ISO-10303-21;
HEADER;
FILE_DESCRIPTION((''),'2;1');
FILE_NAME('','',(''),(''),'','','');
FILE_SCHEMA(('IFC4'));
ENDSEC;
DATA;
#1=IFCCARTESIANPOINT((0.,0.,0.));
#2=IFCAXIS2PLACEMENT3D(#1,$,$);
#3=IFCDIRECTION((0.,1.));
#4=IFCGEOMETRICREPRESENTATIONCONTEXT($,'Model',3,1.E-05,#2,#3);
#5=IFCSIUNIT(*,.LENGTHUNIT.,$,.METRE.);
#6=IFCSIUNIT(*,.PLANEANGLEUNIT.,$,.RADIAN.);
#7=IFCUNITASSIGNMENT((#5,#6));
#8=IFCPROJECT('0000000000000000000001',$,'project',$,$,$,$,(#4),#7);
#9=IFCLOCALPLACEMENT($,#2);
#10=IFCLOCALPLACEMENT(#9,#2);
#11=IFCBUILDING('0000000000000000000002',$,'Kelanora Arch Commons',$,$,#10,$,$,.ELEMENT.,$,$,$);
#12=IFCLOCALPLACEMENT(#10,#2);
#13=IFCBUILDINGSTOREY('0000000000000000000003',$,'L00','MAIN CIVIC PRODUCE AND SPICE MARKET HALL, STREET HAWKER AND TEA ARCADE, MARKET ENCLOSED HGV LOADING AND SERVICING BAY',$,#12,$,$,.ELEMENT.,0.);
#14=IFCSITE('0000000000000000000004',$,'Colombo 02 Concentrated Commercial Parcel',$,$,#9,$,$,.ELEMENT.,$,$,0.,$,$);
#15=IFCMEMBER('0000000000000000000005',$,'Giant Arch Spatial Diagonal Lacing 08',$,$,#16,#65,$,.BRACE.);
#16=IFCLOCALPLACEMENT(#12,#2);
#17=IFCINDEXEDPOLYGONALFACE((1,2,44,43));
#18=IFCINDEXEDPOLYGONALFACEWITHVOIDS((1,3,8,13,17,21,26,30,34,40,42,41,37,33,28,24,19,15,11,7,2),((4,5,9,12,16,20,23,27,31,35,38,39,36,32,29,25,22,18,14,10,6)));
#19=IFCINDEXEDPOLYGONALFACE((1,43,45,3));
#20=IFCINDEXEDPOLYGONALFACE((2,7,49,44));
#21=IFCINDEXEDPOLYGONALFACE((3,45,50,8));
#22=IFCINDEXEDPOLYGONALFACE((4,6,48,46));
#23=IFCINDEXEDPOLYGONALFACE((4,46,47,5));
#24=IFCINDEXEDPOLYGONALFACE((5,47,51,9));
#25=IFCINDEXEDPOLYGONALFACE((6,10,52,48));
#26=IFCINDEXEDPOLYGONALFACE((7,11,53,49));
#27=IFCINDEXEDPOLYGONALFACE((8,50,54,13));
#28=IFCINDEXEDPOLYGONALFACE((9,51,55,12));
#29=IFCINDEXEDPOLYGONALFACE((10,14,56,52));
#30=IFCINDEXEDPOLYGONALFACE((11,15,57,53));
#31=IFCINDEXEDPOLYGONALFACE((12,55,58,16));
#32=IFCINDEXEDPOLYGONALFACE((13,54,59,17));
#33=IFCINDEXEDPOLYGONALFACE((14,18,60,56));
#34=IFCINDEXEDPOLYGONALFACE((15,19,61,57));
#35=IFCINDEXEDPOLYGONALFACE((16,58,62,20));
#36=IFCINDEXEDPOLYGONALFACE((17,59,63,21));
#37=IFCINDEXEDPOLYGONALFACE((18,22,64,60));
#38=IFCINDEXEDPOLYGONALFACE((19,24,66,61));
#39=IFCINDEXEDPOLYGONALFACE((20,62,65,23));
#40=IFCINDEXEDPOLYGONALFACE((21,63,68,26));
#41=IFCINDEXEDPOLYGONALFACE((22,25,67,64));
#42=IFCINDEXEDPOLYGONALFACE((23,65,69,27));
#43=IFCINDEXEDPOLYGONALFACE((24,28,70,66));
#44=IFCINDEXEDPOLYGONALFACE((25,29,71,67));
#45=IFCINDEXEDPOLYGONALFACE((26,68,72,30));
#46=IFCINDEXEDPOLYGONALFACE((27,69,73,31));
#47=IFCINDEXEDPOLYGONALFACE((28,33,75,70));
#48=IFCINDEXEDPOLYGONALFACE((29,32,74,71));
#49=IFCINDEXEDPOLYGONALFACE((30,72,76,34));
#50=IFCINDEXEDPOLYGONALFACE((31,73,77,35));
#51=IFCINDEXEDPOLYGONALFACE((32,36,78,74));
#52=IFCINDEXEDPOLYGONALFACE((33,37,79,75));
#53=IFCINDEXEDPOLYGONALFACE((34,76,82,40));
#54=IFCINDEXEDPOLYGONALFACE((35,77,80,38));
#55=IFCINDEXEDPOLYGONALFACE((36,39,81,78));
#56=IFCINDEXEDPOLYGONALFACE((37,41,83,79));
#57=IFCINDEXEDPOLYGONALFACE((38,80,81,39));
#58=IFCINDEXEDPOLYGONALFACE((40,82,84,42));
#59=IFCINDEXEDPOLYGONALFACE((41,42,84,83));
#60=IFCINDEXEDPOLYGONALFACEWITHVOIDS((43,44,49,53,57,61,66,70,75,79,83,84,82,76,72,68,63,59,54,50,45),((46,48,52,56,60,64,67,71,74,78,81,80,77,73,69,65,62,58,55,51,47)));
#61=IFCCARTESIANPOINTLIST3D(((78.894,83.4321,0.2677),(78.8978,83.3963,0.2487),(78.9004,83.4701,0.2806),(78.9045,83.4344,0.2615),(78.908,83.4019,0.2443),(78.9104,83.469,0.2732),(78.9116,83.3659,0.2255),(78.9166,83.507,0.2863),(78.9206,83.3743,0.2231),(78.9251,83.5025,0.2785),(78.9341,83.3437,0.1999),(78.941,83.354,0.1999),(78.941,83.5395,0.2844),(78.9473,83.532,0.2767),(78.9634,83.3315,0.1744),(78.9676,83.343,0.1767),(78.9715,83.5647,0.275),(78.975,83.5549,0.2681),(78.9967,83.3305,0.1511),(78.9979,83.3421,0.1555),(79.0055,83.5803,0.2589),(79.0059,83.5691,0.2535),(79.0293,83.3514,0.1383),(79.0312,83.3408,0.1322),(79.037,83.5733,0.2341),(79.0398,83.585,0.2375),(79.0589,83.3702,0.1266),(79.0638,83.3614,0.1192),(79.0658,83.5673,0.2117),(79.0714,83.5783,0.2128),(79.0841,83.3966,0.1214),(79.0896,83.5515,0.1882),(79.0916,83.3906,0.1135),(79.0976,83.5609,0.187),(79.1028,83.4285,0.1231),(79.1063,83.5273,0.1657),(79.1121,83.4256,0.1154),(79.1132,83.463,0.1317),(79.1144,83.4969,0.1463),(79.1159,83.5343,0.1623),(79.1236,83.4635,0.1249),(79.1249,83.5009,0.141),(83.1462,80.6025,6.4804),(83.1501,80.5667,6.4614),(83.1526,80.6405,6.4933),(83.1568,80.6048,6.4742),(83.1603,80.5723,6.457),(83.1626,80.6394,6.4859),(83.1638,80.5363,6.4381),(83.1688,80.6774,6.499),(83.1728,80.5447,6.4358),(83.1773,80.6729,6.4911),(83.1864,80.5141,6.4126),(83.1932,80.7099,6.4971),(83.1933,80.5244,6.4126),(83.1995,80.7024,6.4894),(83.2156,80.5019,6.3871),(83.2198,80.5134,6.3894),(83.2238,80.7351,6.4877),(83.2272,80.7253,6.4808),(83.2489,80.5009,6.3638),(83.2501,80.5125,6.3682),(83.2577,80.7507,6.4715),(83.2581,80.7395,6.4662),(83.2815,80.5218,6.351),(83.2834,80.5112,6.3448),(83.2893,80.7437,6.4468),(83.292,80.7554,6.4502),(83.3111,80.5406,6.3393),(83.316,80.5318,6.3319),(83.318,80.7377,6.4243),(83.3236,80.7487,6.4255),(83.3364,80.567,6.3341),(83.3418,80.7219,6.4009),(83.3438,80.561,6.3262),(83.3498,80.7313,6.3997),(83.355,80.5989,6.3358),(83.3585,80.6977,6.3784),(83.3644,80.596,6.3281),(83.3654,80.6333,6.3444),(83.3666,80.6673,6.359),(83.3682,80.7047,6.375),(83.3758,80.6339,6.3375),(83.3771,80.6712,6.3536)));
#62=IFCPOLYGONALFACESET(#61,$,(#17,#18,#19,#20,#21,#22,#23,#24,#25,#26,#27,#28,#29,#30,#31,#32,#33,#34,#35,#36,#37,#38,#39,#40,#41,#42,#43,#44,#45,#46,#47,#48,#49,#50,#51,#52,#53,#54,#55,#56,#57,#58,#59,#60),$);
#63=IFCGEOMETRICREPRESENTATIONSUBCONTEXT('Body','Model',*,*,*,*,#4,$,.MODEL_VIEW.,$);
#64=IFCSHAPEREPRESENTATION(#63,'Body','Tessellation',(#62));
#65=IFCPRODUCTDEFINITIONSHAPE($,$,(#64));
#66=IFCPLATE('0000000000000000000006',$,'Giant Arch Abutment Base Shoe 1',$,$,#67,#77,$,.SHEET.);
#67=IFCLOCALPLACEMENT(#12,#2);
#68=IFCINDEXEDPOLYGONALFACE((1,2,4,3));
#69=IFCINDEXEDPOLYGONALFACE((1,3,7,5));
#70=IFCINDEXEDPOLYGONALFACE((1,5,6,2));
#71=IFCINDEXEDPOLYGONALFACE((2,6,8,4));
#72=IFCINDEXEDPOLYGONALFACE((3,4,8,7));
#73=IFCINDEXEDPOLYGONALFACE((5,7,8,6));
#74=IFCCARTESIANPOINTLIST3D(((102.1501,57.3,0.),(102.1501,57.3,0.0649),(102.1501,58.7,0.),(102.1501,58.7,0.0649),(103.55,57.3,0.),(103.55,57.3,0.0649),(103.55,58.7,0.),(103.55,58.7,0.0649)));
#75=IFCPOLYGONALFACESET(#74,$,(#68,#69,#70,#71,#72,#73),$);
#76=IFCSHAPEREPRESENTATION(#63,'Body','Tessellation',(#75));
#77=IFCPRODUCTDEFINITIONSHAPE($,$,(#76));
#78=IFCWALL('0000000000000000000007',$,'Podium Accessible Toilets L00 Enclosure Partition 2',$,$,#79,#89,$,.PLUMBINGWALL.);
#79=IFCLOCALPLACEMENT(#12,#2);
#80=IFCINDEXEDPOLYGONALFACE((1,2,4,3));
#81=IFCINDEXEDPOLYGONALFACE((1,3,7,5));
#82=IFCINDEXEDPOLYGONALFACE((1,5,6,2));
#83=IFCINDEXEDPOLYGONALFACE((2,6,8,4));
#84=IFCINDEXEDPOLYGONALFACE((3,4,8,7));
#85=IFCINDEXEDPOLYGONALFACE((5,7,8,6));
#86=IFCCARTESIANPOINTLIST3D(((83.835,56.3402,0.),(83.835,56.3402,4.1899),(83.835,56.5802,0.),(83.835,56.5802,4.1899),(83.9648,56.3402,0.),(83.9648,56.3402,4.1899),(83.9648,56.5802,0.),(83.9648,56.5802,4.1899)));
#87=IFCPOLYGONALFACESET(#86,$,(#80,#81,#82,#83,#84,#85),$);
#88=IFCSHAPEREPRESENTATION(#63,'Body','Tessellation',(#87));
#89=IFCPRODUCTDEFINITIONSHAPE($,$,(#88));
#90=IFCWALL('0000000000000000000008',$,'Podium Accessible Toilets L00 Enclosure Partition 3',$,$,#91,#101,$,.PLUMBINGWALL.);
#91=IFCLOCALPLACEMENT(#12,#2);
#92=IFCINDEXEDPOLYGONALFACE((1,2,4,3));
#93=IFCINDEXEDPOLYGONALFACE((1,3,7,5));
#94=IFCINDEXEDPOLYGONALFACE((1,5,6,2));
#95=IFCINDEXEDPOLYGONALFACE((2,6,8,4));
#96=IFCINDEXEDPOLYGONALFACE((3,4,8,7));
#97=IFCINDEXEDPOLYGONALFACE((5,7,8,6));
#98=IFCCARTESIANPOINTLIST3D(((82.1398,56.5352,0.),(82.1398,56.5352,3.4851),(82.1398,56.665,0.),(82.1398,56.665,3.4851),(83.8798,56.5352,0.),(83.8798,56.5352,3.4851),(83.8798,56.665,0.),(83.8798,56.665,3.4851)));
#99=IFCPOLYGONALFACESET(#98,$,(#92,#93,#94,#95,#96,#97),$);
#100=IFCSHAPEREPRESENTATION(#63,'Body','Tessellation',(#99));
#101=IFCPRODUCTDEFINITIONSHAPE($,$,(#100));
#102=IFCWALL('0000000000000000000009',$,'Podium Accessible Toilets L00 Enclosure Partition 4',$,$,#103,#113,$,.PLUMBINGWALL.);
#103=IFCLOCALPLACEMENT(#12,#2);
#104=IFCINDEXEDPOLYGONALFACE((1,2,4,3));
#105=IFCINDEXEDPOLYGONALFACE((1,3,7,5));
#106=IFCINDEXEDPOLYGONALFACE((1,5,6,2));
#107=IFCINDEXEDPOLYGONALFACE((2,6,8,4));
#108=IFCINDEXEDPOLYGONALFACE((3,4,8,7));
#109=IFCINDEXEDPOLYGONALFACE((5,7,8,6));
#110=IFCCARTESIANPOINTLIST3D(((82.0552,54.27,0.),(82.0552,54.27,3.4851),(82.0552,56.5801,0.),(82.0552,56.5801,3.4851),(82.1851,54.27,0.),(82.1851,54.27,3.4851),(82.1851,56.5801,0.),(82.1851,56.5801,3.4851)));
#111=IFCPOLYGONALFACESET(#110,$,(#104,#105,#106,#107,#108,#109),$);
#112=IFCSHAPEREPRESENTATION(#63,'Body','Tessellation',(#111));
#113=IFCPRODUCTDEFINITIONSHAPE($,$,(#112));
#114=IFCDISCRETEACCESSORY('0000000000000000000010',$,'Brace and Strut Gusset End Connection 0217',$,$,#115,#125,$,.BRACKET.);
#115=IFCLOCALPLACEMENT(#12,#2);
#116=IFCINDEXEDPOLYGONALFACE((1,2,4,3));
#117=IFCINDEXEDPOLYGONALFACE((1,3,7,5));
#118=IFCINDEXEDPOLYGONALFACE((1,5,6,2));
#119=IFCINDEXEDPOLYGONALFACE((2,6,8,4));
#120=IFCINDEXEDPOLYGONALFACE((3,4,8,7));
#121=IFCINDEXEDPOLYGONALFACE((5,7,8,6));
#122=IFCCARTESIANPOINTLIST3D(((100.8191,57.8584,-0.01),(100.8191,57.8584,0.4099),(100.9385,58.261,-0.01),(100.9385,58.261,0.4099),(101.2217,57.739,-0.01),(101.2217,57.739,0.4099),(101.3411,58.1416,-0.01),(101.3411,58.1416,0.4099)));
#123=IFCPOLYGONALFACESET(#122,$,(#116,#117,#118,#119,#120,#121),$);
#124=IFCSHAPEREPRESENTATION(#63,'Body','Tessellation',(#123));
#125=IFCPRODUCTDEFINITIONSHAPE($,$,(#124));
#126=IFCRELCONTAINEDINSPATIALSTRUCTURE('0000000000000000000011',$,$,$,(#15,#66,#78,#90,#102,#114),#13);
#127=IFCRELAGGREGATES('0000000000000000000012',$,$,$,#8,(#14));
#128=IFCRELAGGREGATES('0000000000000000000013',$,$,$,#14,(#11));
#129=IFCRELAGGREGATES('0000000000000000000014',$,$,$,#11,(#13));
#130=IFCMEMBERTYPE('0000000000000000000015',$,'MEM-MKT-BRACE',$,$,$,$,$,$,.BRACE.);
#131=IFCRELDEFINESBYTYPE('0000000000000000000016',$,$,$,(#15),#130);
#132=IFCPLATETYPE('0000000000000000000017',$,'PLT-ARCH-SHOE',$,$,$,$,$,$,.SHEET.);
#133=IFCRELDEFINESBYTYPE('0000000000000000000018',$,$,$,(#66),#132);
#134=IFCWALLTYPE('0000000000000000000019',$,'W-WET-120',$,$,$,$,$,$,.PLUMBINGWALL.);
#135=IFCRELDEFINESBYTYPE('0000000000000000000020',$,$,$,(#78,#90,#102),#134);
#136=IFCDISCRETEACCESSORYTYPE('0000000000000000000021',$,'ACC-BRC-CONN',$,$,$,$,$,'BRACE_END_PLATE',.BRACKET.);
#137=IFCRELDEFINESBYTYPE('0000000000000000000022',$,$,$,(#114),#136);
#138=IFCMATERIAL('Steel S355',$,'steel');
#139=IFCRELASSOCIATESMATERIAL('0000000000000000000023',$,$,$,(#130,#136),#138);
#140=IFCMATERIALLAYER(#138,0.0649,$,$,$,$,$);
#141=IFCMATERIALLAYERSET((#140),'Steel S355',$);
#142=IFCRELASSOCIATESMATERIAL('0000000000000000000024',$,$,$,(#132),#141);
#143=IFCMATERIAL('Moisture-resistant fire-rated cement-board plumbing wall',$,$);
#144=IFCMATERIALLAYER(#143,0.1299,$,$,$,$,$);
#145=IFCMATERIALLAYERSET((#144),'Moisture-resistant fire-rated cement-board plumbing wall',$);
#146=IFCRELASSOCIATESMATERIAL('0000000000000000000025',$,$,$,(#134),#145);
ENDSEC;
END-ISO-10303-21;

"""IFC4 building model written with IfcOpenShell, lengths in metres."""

from ifc_helpers import new_model, si_unit, direction, frame, frame_2d, origin, origin_2d, place, context, subcontext, project, spatial, rectangle, hollow_circle, extrude, source, transform, mapped, material, layer, layer_set, material_profile, profile_set, type_object, element, save


model = new_model("IFC4")

# Units and contexts
model_context = context("Model", 3, precision=1e-05, world=origin(), true_north=direction((0.0, 1.0)))
body_context = subcontext(model_context, "Body", "Model", "MODEL_VIEW")
ifc_project = project(units=[si_unit("LENGTHUNIT", "METRE"), si_unit("PLANEANGLEUNIT", "RADIAN")], contexts=[model_context])

# Site, building, storey
site_placement = place(None, origin())
site = spatial("IfcSite", under=ifc_project, at=site_placement, Name="Colombo 02 Concentrated Commercial Parcel", CompositionType="ELEMENT", RefElevation=0.0)
building_placement = place(site_placement, origin())
building = spatial("IfcBuilding", under=site, at=building_placement, Name="Kelanora Arch Commons", CompositionType="ELEMENT")
storey_placement = place(building_placement, origin())
storey = spatial("IfcBuildingStorey", under=building, at=storey_placement, Name="L00", Description="MAIN CIVIC PRODUCE AND SPICE MARKET HALL, STREET HAWKER AND TEA ARCADE, MARKET ENCLOSED HGV LOADING AND SERVICING BAY", CompositionType="ELEMENT", Elevation=0.0)

# Shared definitions
ifc_material_1 = material(Name="Steel S355", Category="steel")

# Member
ifc_material_profile_1 = material_profile(ifc_material_1, hollow_circle(Radius=0.1365, WallThickness=0.0125, at=origin_2d()), Name="CHS273x12.5")
ifc_profile_set_1 = profile_set([ifc_material_profile_1], Name="Steel S355")
member_type = type_object("IfcMemberType", Name="MEM-MKT-BRACE", PredefinedType="BRACE", material=ifc_profile_set_1)
member_1_placement = place(storey_placement, frame((83.262, 80.6277, 6.4126), z_axis=(-0.528704, 0.351822, -0.77246), x_axis=(-0.553994, -0.832521, 0.0)))
element("IfcMember", 1, at=member_1_placement, inside=storey, type_object=member_type, Name="Giant Arch Spatial Diagonal Lacing 08", PredefinedType="BRACE", context=body_context, shape_type="SweptSolid", body=[
    extrude(hollow_circle(Radius=0.1365, WallThickness=0.0125, at=origin_2d()), origin(), (0.0, 0.0, 1.0), 8.0427),
])

# Plate
ifc_layer_1 = layer(ifc_material_1, 0.0649)
ifc_layer_set_1 = layer_set([ifc_layer_1], Name="Steel S355")
plate_type = type_object("IfcPlateType", Name="PLT-ARCH-SHOE", PredefinedType="SHEET", material=ifc_layer_set_1)
shared_shape_1 = source(origin(), body_context, "Body", "SweptSolid", [
    extrude(rectangle(XDim=1.3999, YDim=1.3999, at=origin_2d()), origin(), (0.0, 0.0, 1.0), 0.0649),
])
plate_placement = place(storey_placement, frame((102.8501, 58.0, 0.0), z_axis=(0.0, 0.0, 1.0), x_axis=(1.0, 0.0, 0.0)))
element("IfcPlate", 2, at=plate_placement, inside=storey, type_object=plate_type, Name="Giant Arch Abutment Base Shoe 1", PredefinedType="SHEET", context=body_context, shape_type="MappedRepresentation", body=[
    mapped(shared_shape_1, transform((0.0, 0.0, 0.0), scale=1.0)),
])

# Walls
ifc_material_2 = material(Name="Moisture-resistant fire-rated cement-board plumbing wall")
ifc_layer_2 = layer(ifc_material_2, 0.1299)
ifc_layer_set_2 = layer_set([ifc_layer_2], Name="Moisture-resistant fire-rated cement-board plumbing wall")
wall_type = type_object("IfcWallType", Name="W-WET-120", PredefinedType="PLUMBINGWALL", material=ifc_layer_set_2)
wall_1_placement = place(storey_placement, frame((83.8999, 56.3401, 0.0), z_axis=(0.0, 0.0, 1.0), x_axis=(0.0, 1.0, 0.0)))
element("IfcWall", 3, at=wall_1_placement, inside=storey, type_object=wall_type, Name="Podium Accessible Toilets L00 Enclosure Partition 2", PredefinedType="PLUMBINGWALL", context=body_context, shape_type="SweptSolid", body=[
    extrude(rectangle(XDim=0.24, YDim=0.1299, at=frame_2d((0.1201, 0.0))), origin(), (0.0, 0.0, 1.0), 4.1899),
])
wall_2_placement = place(storey_placement, frame((83.8799, 56.6001, 0.0), z_axis=(0.0, 0.0, 1.0), x_axis=(-1.0, 0.0, 0.0)))
element("IfcWall", 4, at=wall_2_placement, inside=storey, type_object=wall_type, Name="Podium Accessible Toilets L00 Enclosure Partition 3", PredefinedType="PLUMBINGWALL", context=body_context, shape_type="SweptSolid", body=[
    extrude(rectangle(XDim=1.74, YDim=0.1299, at=frame_2d((0.8701, 0.0))), origin(), (0.0, 0.0, 1.0), 3.4851),
])
wall_3_placement = place(storey_placement, frame((82.1201, 56.5801, 0.0), z_axis=(0.0, 0.0, 1.0), x_axis=(0.0, -1.0, 0.0)))
element("IfcWall", 5, at=wall_3_placement, inside=storey, type_object=wall_type, Name="Podium Accessible Toilets L00 Enclosure Partition 4", PredefinedType="PLUMBINGWALL", context=body_context, shape_type="SweptSolid", body=[
    extrude(rectangle(XDim=2.3101, YDim=0.1299, at=frame_2d((1.155, 0.0))), origin(), (0.0, 0.0, 1.0), 3.4851),
])

# Discrete accessory
discrete_accessory_type = type_object("IfcDiscreteAccessoryType", Name="ACC-BRC-CONN", ElementType="BRACE_END_PLATE", PredefinedType="BRACKET", material=ifc_material_1)
shared_shape_2 = source(origin(), body_context, "Body", "SweptSolid", [
    extrude(rectangle(XDim=0.4199, YDim=0.4199, at=origin_2d()), origin(), (0.0, 0.0, 1.0), 0.4199),
])
discrete_accessory_placement = place(storey_placement, frame((101.0801, 58.0, -0.01), z_axis=(0.0, 0.0, 1.0), x_axis=(0.28435, 0.958721, 0.0)))
element("IfcDiscreteAccessory", 6, at=discrete_accessory_placement, inside=storey, type_object=discrete_accessory_type, Name="Brace and Strut Gusset End Connection 0217", PredefinedType="BRACKET", context=body_context, shape_type="MappedRepresentation", body=[
    mapped(shared_shape_2, transform((0.0, 0.0, 0.0), scale=1.0)),
])

save(model, "model.ifc")
